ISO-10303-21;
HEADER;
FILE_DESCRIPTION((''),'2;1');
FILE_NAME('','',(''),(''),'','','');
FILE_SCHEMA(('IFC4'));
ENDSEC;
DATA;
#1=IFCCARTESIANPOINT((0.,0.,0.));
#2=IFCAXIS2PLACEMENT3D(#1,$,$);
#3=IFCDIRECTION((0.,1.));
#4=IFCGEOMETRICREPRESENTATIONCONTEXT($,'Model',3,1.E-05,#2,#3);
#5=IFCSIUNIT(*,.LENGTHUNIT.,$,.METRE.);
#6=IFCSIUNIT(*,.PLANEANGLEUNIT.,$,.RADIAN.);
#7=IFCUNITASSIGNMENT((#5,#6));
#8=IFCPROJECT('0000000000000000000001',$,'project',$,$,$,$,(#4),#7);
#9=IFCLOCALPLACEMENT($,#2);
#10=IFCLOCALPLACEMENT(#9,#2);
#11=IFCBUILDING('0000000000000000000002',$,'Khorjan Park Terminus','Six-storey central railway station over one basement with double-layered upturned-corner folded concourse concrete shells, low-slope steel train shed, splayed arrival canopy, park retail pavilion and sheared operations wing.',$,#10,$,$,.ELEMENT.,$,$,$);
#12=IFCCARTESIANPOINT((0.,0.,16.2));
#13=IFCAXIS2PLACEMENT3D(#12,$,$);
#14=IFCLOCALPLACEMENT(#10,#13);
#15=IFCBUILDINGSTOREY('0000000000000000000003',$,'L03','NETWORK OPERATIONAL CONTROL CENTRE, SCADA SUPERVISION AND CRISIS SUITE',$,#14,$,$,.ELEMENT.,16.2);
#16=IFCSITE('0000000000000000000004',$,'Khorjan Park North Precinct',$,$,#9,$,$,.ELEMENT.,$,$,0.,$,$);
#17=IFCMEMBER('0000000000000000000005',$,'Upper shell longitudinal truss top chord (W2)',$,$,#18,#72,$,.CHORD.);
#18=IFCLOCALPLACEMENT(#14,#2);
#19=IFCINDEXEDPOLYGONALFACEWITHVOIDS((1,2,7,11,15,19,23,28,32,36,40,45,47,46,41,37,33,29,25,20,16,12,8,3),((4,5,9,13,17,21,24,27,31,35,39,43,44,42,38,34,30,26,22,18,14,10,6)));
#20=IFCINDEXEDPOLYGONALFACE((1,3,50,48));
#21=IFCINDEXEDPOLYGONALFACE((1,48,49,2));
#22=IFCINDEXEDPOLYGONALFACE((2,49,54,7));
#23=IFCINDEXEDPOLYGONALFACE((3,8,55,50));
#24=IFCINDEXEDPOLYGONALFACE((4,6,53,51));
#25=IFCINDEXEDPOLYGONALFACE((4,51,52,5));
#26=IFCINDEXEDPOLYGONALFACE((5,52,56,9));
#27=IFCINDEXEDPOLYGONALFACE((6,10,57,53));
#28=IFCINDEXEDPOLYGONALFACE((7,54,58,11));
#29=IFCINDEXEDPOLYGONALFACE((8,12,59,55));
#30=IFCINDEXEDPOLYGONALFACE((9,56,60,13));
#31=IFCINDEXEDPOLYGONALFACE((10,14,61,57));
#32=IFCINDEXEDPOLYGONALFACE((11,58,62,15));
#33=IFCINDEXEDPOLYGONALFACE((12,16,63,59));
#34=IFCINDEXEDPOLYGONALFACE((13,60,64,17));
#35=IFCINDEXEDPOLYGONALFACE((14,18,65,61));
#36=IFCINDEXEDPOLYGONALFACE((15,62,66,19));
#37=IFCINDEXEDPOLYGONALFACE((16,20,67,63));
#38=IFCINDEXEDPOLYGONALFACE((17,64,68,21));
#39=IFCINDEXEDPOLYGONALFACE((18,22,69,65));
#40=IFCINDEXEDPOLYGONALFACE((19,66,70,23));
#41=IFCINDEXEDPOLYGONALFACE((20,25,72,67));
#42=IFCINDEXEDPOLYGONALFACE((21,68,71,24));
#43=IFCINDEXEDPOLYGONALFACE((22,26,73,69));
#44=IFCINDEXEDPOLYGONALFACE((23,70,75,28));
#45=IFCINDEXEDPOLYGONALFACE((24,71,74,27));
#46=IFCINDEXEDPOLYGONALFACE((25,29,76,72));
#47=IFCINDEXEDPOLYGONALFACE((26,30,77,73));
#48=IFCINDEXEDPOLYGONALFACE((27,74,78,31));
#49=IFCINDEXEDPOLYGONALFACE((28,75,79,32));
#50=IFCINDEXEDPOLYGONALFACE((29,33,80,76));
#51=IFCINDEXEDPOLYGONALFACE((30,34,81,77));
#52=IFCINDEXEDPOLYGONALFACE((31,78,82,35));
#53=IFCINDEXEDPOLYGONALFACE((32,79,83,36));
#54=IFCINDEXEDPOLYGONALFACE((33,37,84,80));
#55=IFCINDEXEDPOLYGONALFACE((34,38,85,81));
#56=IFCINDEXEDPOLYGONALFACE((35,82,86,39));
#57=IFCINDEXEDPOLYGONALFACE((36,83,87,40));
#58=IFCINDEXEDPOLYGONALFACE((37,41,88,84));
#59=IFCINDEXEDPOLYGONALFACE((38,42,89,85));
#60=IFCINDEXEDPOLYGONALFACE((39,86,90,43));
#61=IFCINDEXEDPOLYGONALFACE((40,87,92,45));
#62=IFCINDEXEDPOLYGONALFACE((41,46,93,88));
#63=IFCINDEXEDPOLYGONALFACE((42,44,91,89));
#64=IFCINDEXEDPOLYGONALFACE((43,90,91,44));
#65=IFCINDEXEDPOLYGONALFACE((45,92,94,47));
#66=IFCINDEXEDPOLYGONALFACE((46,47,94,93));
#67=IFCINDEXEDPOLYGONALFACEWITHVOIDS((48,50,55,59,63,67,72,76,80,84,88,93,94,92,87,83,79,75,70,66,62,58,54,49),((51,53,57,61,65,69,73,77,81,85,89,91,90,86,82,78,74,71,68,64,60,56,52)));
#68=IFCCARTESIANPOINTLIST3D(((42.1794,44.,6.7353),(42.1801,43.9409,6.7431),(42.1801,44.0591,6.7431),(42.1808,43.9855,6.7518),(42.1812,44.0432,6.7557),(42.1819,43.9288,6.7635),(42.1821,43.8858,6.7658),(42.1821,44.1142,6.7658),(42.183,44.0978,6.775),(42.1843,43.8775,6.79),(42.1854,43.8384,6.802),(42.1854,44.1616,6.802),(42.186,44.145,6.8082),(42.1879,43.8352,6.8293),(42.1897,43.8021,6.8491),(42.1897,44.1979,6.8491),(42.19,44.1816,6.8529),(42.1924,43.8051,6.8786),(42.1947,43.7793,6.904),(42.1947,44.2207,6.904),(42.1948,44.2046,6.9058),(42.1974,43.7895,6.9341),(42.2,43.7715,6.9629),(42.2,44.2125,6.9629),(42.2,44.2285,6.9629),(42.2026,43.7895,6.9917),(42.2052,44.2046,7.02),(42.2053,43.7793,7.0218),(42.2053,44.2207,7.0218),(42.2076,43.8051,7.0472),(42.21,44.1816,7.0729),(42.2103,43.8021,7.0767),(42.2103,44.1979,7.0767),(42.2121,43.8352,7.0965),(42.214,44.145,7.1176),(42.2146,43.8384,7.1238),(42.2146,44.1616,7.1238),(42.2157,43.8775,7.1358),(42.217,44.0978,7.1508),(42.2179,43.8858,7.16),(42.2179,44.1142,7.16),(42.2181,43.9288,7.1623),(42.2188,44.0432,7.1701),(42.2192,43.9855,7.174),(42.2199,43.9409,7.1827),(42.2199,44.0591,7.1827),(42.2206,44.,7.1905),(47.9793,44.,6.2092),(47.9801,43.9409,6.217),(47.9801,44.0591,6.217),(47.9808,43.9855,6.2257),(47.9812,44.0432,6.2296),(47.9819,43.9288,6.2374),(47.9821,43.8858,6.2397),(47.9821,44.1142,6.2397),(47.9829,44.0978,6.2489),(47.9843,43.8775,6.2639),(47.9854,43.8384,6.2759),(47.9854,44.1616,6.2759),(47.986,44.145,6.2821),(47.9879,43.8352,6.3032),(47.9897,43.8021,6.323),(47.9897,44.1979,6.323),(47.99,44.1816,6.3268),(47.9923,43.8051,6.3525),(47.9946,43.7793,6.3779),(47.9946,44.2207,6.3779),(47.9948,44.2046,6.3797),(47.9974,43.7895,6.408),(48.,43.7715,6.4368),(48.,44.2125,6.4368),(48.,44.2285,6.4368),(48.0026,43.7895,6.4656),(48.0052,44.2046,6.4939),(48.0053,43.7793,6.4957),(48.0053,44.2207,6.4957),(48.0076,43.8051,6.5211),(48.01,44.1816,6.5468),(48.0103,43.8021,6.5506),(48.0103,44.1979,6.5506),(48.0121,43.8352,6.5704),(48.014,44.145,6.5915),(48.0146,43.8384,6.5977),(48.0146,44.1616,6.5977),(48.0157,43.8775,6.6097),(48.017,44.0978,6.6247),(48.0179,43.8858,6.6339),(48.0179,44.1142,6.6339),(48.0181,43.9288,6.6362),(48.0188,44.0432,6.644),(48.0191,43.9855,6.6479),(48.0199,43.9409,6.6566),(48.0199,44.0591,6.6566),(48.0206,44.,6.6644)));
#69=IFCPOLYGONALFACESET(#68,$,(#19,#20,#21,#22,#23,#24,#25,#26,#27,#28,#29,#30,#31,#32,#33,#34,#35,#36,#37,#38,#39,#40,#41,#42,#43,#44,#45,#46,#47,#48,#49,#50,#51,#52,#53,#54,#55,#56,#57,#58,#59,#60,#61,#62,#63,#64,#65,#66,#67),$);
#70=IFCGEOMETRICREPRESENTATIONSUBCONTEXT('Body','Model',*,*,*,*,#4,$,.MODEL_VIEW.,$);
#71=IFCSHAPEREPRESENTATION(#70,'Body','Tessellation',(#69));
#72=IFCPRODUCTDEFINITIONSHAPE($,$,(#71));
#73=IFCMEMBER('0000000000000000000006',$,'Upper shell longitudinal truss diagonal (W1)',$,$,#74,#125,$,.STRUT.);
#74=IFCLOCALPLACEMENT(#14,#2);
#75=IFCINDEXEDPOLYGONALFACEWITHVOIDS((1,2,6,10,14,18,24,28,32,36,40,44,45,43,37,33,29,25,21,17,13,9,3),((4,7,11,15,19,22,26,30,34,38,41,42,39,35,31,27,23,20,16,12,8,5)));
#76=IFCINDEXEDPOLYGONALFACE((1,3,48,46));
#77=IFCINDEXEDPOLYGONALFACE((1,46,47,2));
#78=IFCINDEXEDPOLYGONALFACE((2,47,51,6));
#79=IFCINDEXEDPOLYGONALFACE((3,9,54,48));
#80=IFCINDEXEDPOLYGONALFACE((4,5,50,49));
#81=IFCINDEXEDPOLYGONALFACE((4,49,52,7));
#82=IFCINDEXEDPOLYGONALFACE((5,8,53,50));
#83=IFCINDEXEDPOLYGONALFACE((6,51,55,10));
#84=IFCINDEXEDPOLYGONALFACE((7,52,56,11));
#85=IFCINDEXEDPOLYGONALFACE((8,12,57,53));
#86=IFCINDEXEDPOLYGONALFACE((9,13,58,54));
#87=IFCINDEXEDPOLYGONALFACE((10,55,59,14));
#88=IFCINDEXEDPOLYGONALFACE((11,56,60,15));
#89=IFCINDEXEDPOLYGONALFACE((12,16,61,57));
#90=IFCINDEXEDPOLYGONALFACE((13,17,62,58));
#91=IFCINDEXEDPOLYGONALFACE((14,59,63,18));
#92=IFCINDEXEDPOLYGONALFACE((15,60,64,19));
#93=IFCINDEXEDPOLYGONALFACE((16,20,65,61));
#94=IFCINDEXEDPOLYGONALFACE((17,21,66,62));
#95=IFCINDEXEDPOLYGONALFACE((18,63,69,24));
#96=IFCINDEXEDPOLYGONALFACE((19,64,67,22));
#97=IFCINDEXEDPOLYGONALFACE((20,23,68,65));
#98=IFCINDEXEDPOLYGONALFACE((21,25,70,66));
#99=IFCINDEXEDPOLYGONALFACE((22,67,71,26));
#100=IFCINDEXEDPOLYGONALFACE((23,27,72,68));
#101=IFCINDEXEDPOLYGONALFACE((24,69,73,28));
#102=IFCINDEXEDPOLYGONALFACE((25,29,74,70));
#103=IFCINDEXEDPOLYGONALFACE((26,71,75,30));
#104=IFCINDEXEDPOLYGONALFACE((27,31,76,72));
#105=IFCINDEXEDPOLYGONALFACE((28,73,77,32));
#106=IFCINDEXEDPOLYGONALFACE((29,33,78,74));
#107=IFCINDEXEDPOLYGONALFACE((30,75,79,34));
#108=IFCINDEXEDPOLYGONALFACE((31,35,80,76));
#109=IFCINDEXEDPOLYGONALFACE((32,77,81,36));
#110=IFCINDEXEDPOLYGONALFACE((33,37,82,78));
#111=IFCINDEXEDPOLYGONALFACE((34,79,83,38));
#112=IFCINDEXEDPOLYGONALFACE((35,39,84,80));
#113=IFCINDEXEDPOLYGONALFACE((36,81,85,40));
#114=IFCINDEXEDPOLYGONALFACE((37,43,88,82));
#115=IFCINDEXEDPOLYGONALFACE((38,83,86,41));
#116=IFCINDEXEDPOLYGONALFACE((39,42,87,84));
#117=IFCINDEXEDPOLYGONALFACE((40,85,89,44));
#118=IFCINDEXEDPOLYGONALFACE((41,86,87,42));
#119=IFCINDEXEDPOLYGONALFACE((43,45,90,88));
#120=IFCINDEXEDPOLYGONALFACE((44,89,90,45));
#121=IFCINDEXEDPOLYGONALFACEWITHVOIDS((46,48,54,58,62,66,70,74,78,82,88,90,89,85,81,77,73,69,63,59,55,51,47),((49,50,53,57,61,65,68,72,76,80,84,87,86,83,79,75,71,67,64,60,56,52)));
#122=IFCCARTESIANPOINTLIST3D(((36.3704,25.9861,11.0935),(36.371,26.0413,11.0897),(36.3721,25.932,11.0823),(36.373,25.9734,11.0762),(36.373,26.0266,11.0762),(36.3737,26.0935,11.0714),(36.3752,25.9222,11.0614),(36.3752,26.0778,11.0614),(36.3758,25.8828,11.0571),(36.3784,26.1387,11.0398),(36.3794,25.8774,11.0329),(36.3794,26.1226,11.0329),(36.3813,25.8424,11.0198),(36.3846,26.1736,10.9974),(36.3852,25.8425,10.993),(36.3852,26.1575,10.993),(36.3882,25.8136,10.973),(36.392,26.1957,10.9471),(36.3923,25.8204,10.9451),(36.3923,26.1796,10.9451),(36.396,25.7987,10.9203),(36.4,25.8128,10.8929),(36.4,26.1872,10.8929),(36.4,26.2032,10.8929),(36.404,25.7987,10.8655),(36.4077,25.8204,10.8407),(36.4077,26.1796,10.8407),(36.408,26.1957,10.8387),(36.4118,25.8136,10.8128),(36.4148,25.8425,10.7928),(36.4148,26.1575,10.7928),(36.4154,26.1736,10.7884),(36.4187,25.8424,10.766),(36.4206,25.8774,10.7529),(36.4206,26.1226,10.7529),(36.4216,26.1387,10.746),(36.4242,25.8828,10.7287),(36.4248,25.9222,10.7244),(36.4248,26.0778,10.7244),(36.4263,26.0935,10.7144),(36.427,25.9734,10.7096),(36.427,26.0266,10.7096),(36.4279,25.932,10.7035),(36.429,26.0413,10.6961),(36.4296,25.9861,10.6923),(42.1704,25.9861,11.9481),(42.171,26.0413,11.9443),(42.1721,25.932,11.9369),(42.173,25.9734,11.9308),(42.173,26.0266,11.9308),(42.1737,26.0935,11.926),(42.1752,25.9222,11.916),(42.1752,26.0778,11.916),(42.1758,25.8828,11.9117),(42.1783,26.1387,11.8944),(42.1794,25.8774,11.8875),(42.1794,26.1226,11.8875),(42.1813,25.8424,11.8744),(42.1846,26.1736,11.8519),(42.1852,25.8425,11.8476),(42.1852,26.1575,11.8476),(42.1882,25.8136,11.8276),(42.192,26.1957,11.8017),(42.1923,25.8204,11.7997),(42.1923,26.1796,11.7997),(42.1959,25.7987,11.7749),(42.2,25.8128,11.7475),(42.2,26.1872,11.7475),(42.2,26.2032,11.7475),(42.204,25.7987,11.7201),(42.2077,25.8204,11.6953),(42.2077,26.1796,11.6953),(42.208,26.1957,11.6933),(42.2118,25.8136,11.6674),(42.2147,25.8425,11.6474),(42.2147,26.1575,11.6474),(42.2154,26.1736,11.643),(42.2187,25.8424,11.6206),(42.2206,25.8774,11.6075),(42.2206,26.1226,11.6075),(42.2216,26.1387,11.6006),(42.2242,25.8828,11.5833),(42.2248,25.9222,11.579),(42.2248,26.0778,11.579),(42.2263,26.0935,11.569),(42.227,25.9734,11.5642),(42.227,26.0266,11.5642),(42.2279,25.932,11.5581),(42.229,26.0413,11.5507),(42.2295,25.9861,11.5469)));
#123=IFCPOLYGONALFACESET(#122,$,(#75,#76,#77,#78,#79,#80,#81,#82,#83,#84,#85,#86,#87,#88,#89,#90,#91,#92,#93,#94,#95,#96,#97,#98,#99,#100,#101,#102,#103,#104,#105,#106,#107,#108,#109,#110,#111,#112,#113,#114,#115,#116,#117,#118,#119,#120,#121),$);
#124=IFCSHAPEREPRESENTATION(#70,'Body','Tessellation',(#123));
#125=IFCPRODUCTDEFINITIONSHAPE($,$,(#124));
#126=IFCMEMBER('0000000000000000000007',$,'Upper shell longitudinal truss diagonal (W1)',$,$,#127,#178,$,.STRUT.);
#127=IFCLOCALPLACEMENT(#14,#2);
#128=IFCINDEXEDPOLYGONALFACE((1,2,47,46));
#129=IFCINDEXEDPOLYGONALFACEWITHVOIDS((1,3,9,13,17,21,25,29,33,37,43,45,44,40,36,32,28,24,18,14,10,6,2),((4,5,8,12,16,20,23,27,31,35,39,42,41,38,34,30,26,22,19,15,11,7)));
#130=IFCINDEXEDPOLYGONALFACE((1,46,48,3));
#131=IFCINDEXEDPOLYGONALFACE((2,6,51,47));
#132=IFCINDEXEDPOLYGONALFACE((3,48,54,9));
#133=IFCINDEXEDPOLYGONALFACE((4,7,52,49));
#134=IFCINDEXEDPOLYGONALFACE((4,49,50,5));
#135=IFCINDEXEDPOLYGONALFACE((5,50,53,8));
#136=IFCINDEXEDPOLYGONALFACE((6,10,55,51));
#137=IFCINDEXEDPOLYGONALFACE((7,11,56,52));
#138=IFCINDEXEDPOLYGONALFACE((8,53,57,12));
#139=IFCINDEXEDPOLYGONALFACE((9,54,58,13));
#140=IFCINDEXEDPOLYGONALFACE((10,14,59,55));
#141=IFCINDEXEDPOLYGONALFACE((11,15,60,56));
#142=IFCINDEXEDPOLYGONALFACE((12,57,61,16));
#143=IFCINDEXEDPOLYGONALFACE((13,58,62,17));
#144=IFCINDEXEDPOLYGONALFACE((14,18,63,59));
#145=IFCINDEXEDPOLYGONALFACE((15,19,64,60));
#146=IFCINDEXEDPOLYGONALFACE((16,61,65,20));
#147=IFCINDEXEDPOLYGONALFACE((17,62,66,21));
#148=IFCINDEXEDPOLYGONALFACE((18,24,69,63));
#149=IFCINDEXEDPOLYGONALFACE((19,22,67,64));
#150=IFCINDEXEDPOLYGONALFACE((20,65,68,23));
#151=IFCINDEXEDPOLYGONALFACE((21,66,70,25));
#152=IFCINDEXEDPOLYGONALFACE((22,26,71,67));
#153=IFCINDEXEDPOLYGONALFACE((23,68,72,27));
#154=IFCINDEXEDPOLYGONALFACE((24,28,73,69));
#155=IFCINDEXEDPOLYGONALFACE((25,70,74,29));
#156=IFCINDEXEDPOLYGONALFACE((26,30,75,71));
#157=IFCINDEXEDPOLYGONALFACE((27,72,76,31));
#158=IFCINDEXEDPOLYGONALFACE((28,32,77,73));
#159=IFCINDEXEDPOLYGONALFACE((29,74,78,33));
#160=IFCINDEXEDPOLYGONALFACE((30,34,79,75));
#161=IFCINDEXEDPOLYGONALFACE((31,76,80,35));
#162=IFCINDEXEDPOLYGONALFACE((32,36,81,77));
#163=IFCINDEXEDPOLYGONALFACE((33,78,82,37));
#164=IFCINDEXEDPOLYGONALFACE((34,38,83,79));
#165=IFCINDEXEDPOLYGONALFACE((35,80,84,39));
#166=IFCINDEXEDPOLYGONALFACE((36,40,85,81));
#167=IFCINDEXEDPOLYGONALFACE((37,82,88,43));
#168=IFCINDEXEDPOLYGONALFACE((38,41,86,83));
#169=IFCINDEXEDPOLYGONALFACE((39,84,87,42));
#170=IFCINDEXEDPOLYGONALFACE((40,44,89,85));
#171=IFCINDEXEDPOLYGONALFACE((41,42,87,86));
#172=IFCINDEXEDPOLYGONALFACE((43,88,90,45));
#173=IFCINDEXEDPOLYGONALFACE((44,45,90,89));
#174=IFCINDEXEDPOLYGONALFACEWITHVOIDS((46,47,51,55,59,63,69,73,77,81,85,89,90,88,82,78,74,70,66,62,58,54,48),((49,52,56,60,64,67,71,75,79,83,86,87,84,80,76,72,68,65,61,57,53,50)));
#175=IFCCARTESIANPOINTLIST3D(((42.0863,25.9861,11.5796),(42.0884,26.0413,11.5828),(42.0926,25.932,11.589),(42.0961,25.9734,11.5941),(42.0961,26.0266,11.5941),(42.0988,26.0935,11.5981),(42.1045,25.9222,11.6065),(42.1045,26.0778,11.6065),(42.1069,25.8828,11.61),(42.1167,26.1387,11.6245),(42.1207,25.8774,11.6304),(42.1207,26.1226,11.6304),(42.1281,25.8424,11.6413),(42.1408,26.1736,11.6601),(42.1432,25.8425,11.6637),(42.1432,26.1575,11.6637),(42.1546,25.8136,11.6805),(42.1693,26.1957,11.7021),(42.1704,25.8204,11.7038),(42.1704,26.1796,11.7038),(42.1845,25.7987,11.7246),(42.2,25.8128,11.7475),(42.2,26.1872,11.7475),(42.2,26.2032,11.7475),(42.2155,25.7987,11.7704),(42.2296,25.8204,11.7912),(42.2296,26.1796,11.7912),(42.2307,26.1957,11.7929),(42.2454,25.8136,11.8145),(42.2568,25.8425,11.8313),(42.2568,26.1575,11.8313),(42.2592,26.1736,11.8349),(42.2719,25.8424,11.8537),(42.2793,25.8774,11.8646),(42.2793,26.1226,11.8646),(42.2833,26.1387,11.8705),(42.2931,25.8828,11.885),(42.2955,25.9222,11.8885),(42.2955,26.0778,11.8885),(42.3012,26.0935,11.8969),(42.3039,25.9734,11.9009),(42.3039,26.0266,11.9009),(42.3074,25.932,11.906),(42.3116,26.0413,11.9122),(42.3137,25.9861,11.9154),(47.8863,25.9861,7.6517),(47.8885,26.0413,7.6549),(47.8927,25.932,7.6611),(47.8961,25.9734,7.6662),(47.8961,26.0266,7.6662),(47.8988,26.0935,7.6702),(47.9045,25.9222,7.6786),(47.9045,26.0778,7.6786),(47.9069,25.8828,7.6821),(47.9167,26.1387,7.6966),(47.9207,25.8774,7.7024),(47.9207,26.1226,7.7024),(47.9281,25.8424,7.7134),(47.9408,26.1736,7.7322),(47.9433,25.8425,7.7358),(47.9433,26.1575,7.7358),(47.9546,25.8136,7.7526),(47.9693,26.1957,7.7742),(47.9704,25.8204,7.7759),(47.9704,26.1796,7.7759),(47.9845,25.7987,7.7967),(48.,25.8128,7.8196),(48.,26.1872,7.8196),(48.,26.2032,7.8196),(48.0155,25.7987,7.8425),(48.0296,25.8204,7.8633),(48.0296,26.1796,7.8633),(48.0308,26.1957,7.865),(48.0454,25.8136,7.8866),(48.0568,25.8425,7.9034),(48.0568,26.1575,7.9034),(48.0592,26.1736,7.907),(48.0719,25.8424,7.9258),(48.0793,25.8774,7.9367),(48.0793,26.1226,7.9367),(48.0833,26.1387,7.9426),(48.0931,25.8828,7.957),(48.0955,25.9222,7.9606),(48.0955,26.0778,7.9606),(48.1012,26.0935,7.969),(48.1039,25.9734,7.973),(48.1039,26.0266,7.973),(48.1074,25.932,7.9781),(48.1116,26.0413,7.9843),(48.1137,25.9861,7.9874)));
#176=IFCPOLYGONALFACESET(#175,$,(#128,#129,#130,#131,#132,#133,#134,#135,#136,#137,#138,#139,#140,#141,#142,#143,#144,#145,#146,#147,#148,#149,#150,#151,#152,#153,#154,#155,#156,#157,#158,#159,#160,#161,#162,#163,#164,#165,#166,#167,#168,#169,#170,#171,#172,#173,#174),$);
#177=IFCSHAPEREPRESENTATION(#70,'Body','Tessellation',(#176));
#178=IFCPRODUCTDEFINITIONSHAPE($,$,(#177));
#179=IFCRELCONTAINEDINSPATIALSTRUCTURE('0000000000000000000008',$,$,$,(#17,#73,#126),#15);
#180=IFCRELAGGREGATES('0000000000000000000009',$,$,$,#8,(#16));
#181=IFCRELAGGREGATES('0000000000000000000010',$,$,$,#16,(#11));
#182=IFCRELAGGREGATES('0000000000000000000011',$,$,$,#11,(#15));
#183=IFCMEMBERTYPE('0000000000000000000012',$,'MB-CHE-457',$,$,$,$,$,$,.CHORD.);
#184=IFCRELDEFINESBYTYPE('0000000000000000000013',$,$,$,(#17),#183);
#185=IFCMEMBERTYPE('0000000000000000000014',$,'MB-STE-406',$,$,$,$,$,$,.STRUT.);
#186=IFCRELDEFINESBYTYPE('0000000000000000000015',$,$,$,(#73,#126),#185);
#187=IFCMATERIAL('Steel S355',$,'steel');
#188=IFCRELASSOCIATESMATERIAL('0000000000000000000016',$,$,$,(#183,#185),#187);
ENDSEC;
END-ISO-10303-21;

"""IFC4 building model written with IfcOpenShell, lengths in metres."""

from ifc_helpers import new_model, si_unit, direction, frame, origin, origin_2d, place, context, subcontext, project, spatial, hollow_circle, extrude, material, material_profile, profile_set, type_object, element, save


model = new_model("IFC4")

# Units and contexts
model_context = context("Model", 3, precision=1e-05, world=origin(), true_north=direction((0.0, 1.0)))
body_context = subcontext(model_context, "Body", "Model", "MODEL_VIEW")
ifc_project = project(units=[si_unit("LENGTHUNIT", "METRE"), si_unit("PLANEANGLEUNIT", "RADIAN")], contexts=[model_context])

# Site, building, storey
site_placement = place(None, origin())
site = spatial("IfcSite", under=ifc_project, at=site_placement, Name="Khorjan Park North Precinct", CompositionType="ELEMENT", RefElevation=0.0)
building_placement = place(site_placement, origin())
building = spatial("IfcBuilding", under=site, at=building_placement, Name="Khorjan Park Terminus", Description="Six-storey central railway station over one basement with double-layered upturned-corner folded concourse concrete shells, low-slope steel train shed, splayed arrival canopy, park retail pavilion and sheared operations wing.", CompositionType="ELEMENT")
storey_placement = place(building_placement, frame((0.0, 0.0, 16.2)))
storey = spatial("IfcBuildingStorey", under=building, at=storey_placement, Name="L03", Description="NETWORK OPERATIONAL CONTROL CENTRE, SCADA SUPERVISION AND CRISIS SUITE", CompositionType="ELEMENT", Elevation=16.2)

# Members
ifc_material = material(Name="Steel S355", Category="steel")
ifc_material_profile_1 = material_profile(ifc_material, hollow_circle(Radius=0.2285, WallThickness=0.016, at=origin_2d()), Name="CHS 457x16")
ifc_profile_set_1 = profile_set([ifc_material_profile_1], Name="Steel S355")
member_type_1 = type_object("IfcMemberType", Name="MB-CHE-457", PredefinedType="CHORD", material=ifc_profile_set_1)
member_1_placement = place(storey_placement, frame((42.2, 44.0, 6.9629), z_axis=(0.995911, 0.0, -0.090336), x_axis=(0.0, 1.0, 0.0)))
element("IfcMember", 1, at=member_1_placement, inside=storey, type_object=member_type_1, Name="Upper shell longitudinal truss top chord (W2)", PredefinedType="CHORD", context=body_context, shape_type="SweptSolid", body=[
    extrude(hollow_circle(Radius=0.2285, WallThickness=0.016, at=origin_2d()), origin(), (0.0, 0.0, 1.0), 5.8238),
])
ifc_material_profile_2 = material_profile(ifc_material, hollow_circle(Radius=0.2032, WallThickness=0.016, at=origin_2d()), Name="CHS 406.4x16")
ifc_profile_set_2 = profile_set([ifc_material_profile_2], Name="Steel S355")
member_type_2 = type_object("IfcMemberType", Name="MB-STE-406", PredefinedType="STRUT", material=ifc_profile_set_2)
member_2_placement = place(storey_placement, frame((36.4, 26.0, 10.8929), z_axis=(0.989318, 0.0, 0.145771), x_axis=(0.0, 1.0, 0.0)))
element("IfcMember", 2, at=member_2_placement, inside=storey, type_object=member_type_2, Name="Upper shell longitudinal truss diagonal (W1)", PredefinedType="STRUT", context=body_context, shape_type="SweptSolid", body=[
    extrude(hollow_circle(Radius=0.2032, WallThickness=0.016, at=origin_2d()), origin(), (0.0, 0.0, 1.0), 5.8626),
])
member_3_placement = place(storey_placement, frame((42.2, 26.0, 11.7475), z_axis=(0.827994, 0.0, -0.560737), x_axis=(0.0, 1.0, 0.0)))
element("IfcMember", 3, at=member_3_placement, inside=storey, type_object=member_type_2, Name="Upper shell longitudinal truss diagonal (W1)", PredefinedType="STRUT", context=body_context, shape_type="SweptSolid", body=[
    extrude(hollow_circle(Radius=0.2032, WallThickness=0.016, at=origin_2d()), origin(), (0.0, 0.0, 1.0), 7.0049),
])

save(model, "model.ifc")
